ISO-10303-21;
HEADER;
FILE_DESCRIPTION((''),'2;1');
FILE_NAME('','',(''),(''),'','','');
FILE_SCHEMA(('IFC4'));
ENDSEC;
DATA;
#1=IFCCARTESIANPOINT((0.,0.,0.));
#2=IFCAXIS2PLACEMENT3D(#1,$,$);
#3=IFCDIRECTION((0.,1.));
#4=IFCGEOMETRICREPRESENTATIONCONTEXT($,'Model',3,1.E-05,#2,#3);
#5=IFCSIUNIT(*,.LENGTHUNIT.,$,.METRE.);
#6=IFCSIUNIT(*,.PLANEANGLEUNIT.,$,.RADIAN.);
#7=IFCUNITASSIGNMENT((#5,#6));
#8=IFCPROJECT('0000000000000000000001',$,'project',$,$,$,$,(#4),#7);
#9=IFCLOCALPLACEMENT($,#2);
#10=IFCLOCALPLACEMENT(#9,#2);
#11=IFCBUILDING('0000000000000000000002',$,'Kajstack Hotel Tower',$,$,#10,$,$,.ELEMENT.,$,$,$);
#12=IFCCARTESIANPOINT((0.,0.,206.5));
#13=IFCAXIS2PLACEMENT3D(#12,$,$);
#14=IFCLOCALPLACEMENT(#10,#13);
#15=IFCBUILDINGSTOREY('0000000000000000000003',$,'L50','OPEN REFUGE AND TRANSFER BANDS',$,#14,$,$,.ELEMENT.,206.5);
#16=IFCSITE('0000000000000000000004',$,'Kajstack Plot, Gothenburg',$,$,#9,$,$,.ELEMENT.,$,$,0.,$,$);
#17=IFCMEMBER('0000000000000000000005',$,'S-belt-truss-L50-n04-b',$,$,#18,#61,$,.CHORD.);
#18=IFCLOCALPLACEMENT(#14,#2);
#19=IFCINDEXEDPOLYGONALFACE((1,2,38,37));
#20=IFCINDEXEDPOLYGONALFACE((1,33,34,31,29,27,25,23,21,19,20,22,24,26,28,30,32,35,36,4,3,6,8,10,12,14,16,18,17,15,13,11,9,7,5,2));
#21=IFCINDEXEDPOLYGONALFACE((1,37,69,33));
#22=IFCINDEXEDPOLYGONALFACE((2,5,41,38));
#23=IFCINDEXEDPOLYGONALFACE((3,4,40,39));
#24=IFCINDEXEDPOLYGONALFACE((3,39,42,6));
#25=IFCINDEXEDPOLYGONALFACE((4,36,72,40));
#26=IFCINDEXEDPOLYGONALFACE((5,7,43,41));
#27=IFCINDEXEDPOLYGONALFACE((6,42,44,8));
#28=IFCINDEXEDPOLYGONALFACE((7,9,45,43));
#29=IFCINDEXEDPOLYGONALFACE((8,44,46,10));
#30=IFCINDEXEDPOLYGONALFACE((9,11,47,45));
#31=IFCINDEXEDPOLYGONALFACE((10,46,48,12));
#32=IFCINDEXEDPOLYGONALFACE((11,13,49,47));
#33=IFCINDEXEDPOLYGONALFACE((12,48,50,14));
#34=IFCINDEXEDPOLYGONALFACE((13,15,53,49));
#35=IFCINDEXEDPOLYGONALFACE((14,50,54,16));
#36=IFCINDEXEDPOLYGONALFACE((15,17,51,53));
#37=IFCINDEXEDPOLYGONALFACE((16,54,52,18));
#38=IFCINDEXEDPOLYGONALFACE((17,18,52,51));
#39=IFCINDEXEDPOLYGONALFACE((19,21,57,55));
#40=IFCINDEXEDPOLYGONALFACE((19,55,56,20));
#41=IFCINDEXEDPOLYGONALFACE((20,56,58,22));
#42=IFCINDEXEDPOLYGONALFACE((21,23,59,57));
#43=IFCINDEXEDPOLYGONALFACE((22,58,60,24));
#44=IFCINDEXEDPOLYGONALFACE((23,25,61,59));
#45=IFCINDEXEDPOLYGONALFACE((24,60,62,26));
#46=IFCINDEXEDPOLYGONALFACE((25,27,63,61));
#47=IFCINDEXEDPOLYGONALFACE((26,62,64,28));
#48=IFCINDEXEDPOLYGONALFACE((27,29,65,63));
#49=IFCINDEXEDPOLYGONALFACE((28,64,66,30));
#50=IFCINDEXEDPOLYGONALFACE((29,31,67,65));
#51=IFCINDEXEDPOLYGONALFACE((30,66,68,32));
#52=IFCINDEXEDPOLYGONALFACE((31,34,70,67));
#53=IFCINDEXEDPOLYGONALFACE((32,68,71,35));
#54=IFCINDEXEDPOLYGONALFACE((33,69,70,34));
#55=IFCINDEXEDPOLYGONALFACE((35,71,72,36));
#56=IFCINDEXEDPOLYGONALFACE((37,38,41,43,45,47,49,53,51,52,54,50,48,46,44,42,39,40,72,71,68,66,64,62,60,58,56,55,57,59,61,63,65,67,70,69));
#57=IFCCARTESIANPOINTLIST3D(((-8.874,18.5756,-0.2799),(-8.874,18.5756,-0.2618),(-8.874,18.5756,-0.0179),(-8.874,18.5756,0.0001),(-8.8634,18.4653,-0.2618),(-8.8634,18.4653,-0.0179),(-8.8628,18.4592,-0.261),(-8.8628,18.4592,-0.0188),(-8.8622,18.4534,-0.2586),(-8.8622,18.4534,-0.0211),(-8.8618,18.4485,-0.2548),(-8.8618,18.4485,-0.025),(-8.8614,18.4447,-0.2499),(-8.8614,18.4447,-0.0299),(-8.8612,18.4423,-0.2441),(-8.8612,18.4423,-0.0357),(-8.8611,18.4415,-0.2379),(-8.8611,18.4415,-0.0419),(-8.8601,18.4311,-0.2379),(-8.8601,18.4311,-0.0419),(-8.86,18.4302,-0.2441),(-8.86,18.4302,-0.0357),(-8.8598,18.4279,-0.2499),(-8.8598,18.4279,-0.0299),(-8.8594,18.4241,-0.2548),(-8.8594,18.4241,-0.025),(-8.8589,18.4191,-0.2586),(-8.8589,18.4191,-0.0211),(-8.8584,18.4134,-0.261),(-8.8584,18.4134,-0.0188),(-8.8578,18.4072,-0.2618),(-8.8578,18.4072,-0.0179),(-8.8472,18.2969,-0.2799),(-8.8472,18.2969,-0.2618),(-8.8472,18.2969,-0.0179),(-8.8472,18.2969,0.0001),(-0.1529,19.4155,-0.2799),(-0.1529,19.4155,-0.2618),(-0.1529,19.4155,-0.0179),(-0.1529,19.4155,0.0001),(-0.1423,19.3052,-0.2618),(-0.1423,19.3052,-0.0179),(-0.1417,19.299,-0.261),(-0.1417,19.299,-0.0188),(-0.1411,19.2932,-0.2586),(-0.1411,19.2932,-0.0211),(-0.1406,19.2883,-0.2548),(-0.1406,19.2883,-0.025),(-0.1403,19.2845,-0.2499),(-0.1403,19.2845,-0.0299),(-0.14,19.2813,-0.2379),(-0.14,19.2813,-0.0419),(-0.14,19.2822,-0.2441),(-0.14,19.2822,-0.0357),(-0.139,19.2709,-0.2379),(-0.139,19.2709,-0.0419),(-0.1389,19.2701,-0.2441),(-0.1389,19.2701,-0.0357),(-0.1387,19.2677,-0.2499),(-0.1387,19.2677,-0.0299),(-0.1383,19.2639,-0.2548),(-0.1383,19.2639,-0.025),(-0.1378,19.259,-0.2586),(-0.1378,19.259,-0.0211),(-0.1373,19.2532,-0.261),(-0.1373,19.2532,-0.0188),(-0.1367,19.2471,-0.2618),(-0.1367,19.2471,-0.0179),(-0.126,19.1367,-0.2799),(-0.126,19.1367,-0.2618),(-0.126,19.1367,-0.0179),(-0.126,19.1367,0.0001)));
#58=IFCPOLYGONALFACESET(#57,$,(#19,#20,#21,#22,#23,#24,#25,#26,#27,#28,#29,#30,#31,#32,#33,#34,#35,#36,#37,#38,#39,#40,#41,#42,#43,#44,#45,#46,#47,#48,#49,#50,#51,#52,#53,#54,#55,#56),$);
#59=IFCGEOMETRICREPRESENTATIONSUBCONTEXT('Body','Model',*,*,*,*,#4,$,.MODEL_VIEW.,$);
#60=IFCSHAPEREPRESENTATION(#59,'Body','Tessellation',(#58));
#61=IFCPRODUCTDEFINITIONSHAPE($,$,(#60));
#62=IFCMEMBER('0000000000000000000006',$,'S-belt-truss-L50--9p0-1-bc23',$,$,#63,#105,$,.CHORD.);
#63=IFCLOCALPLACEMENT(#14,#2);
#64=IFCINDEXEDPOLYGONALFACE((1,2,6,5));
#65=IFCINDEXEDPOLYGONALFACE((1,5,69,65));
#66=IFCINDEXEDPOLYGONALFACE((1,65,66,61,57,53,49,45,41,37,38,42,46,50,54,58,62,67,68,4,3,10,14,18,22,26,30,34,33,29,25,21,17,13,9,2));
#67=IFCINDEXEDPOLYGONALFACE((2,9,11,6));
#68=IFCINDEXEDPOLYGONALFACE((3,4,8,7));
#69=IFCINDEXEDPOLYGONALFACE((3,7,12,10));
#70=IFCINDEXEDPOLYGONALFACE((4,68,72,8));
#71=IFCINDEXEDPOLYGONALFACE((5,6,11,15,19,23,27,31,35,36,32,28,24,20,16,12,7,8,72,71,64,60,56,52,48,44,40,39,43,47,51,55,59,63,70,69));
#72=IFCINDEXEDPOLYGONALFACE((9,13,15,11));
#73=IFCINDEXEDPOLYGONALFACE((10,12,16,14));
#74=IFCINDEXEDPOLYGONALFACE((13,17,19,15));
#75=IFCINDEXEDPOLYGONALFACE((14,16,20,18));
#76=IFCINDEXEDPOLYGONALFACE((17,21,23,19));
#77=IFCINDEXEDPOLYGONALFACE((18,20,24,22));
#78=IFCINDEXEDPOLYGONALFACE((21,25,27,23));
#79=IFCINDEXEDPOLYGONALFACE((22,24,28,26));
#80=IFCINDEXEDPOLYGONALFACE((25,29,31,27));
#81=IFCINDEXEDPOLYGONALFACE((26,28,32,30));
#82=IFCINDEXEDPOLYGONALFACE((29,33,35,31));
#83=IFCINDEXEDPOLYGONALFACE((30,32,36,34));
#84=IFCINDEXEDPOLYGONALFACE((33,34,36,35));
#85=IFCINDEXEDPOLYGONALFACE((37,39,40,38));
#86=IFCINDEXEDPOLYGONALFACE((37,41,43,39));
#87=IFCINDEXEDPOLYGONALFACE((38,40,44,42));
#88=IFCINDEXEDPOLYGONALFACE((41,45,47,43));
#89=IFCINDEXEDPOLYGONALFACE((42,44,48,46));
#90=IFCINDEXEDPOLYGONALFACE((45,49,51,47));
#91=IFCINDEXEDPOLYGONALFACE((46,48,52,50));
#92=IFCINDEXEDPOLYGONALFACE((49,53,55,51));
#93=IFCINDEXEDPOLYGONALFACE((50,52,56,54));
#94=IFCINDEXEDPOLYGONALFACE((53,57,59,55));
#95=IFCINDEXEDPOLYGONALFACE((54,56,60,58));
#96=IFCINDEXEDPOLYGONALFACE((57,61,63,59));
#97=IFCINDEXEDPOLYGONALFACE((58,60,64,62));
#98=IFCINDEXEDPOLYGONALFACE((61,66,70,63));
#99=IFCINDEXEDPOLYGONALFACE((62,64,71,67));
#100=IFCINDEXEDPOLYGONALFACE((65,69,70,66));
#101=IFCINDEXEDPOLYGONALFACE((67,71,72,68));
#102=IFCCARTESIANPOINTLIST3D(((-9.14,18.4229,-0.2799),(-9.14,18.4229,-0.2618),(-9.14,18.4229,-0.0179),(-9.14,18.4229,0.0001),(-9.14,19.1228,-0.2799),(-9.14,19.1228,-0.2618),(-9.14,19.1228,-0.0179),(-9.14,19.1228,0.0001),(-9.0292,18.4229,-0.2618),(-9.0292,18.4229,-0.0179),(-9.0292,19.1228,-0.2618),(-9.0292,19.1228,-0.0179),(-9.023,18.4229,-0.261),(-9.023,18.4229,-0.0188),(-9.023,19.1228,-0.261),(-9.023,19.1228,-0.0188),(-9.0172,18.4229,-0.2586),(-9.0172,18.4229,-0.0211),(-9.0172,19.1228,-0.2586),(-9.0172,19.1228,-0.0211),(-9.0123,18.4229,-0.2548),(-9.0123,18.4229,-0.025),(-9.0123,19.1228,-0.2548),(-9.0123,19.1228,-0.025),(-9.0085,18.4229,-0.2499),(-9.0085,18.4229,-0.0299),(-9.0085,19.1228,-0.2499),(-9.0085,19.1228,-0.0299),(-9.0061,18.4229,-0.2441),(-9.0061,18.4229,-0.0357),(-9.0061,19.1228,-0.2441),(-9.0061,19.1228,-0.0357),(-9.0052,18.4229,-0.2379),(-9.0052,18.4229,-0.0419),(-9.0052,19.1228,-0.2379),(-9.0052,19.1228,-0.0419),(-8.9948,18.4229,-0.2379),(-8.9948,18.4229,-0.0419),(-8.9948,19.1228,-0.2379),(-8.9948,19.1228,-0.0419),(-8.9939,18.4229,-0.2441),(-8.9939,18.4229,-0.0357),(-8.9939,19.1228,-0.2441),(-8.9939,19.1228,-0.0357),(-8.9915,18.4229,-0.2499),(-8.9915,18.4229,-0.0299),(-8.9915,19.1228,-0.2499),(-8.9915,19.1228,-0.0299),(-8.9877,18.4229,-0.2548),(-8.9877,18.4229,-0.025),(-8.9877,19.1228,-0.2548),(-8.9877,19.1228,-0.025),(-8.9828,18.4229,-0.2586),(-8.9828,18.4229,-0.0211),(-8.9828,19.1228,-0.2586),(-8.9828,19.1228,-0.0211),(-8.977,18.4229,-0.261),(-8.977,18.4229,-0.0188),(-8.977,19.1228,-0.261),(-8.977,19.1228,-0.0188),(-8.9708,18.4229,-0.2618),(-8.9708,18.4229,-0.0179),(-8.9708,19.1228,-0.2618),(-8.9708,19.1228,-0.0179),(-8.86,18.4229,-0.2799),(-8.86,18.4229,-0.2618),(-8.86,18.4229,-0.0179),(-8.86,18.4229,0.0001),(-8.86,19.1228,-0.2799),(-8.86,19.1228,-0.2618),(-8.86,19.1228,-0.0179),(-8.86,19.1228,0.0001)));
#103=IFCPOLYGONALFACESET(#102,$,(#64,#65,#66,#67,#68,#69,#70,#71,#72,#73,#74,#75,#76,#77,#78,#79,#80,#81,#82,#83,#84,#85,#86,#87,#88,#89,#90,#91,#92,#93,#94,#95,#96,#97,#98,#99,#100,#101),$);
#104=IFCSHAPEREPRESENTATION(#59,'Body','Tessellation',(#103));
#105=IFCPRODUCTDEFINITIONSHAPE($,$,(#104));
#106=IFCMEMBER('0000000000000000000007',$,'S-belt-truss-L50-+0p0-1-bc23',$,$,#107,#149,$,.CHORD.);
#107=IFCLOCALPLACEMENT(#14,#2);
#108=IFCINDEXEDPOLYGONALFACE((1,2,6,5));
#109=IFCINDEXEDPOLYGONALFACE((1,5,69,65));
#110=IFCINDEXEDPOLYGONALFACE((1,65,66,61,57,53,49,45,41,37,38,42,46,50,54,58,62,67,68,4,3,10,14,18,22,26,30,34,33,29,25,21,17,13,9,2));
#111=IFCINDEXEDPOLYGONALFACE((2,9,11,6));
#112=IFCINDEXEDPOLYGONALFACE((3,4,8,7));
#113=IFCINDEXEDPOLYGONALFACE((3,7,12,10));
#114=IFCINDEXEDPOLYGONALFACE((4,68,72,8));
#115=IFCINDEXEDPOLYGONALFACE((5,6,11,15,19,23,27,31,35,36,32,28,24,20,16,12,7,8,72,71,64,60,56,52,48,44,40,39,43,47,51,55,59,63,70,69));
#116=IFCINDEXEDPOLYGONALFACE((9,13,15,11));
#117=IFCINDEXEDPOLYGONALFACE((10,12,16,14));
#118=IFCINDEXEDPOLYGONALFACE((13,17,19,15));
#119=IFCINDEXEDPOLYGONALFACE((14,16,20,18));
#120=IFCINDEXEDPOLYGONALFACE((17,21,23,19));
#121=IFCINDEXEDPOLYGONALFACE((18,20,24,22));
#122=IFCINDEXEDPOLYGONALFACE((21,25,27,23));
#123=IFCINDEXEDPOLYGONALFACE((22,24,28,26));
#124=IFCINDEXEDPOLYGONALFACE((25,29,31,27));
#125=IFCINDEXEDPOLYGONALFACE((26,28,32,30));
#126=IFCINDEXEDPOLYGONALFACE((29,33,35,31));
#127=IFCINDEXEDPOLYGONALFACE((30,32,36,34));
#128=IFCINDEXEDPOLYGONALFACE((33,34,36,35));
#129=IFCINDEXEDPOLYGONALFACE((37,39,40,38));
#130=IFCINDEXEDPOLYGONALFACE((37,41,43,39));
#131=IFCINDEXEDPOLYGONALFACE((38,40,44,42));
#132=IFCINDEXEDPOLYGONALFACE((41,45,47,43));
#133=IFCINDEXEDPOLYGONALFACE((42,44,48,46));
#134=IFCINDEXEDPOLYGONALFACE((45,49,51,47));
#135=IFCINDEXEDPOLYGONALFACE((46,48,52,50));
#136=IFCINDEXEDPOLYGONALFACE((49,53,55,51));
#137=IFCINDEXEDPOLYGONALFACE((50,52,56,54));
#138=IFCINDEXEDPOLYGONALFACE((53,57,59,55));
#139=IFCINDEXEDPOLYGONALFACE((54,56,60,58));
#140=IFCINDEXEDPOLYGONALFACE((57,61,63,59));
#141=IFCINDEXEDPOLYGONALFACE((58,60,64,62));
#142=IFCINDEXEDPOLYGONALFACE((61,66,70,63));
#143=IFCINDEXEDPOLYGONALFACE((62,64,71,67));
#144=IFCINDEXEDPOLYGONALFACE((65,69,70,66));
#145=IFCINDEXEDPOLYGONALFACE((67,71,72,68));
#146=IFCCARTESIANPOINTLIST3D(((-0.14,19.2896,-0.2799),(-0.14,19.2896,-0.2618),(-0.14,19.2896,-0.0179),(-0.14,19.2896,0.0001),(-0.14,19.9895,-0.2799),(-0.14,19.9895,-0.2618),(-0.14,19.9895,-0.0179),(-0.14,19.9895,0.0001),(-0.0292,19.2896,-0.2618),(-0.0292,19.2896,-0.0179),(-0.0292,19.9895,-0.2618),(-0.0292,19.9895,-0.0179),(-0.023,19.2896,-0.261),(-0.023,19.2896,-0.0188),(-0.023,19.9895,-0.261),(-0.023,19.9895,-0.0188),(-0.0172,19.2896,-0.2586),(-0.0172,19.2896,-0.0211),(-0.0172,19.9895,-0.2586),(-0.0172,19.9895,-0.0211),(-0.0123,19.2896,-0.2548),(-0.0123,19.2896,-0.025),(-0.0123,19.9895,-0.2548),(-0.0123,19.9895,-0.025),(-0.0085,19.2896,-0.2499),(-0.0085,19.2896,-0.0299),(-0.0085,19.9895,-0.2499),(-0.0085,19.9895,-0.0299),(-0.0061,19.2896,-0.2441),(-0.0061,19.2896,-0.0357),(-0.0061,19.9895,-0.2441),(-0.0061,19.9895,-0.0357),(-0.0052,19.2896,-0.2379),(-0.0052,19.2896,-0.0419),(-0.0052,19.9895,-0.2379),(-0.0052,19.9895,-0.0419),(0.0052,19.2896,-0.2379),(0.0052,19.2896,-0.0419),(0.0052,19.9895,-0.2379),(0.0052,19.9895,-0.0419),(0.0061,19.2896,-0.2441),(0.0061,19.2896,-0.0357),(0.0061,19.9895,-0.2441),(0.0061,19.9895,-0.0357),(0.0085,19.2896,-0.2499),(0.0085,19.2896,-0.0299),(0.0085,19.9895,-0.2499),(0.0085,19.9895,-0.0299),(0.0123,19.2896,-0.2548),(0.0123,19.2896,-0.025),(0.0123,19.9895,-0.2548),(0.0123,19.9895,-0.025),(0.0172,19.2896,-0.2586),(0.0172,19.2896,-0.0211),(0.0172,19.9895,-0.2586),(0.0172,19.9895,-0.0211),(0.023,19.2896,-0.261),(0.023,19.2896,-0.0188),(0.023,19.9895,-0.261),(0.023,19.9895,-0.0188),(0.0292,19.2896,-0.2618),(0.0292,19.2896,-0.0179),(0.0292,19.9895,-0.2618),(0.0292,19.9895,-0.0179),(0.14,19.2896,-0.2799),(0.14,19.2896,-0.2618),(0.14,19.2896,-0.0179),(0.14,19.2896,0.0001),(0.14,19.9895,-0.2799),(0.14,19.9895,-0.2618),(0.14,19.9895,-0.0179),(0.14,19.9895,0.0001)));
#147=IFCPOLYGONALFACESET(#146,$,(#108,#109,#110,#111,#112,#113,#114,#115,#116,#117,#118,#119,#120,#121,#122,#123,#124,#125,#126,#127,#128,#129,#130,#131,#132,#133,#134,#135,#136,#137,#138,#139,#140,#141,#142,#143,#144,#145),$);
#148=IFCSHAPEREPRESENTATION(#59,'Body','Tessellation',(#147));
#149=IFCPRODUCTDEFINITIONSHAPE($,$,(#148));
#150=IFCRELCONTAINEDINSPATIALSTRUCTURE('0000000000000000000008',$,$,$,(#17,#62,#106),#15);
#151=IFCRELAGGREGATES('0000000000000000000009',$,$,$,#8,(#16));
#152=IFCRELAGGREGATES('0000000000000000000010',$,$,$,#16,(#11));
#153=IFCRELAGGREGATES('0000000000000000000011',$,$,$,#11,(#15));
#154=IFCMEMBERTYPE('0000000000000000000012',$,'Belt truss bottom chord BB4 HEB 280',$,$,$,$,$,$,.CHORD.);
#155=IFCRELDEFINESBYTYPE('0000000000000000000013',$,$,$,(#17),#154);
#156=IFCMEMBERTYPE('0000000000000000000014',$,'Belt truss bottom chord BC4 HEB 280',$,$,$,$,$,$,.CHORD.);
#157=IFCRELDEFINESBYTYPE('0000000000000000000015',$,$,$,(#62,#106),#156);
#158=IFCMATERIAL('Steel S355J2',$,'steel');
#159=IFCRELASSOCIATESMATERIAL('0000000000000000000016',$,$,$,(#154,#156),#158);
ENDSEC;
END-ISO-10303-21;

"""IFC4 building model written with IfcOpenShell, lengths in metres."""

from ifc_helpers import new_model, si_unit, direction, frame, origin, origin_2d, place, context, subcontext, project, spatial, i_section, extrude, material, material_profile, profile_set, type_object, element, save


model = new_model("IFC4")

# Units and contexts
model_context = context("Model", 3, precision=1e-05, world=origin(), true_north=direction((0.0, 1.0)))
body_context = subcontext(model_context, "Body", "Model", "MODEL_VIEW")
ifc_project = project(units=[si_unit("LENGTHUNIT", "METRE"), si_unit("PLANEANGLEUNIT", "RADIAN")], contexts=[model_context])

# Site, building, storey
site_placement = place(None, origin())
site = spatial("IfcSite", under=ifc_project, at=site_placement, Name="Kajstack Plot, Gothenburg", CompositionType="ELEMENT", RefElevation=0.0)
building_placement = place(site_placement, origin())
building = spatial("IfcBuilding", under=site, at=building_placement, Name="Kajstack Hotel Tower", CompositionType="ELEMENT")
storey_placement = place(building_placement, frame((0.0, 0.0, 206.5)))
storey = spatial("IfcBuildingStorey", under=building, at=storey_placement, Name="L50", Description="OPEN REFUGE AND TRANSFER BANDS", CompositionType="ELEMENT", Elevation=206.5)

# Members
ifc_material = material(Name="Steel S355J2", Category="steel")
ifc_material_profile_1 = material_profile(ifc_material, i_section(OverallWidth=0.28, OverallDepth=0.28, WebThickness=0.0105, FlangeThickness=0.0181, FilletRadius=0.0239, at=origin_2d()), Name="HEB 280")
ifc_profile_set_1 = profile_set([ifc_material_profile_1], Name="Steel S355J2")
member_type_1 = type_object("IfcMemberType", Name="Belt truss bottom chord BB4 HEB 280", PredefinedType="CHORD", material=ifc_profile_set_1)
member_1_placement = place(storey_placement, frame((-8.8606, 18.4363, -0.1399), z_axis=(0.995395, 0.095856, 0.0), x_axis=(-0.095856, 0.995395, 0.0)))
element("IfcMember", 1, at=member_1_placement, inside=storey, type_object=member_type_1, Name="S-belt-truss-L50-n04-b", PredefinedType="CHORD", context=body_context, shape_type="SweptSolid", body=[
    extrude(i_section(OverallWidth=0.28, OverallDepth=0.28, WebThickness=0.0105, FlangeThickness=0.0181, FilletRadius=0.0239, at=origin_2d()), origin(), (0.0, 0.0, 1.0), 8.7615),
])
ifc_material_profile_2 = material_profile(ifc_material, i_section(OverallWidth=0.28, OverallDepth=0.28, WebThickness=0.0105, FlangeThickness=0.0181, FilletRadius=0.0239, at=origin_2d()), Name="HEB 280")
ifc_profile_set_2 = profile_set([ifc_material_profile_2], Name="Steel S355J2")
member_type_2 = type_object("IfcMemberType", Name="Belt truss bottom chord BC4 HEB 280", PredefinedType="CHORD", material=ifc_profile_set_2)
for number, where, z_axis, x_axis, name in (
    (2, (-9.0, 18.4229, -0.1399), (0.0, 1.0, 0.0), (-1.0, 0.0, 0.0), "S-belt-truss-L50--9p0-1-bc23"),
    (3, (0.0, 19.2896, -0.1399), (0.0, 1.0, 0.0), (-1.0, 0.0, 0.0), "S-belt-truss-L50-+0p0-1-bc23"),
):
    element("IfcMember", number, at=place(storey_placement, frame(where, z_axis=z_axis, x_axis=x_axis)), inside=storey, type_object=member_type_2, Name=name, PredefinedType="CHORD", context=body_context, shape_type="SweptSolid", body=[
        extrude(i_section(OverallWidth=0.28, OverallDepth=0.28, WebThickness=0.0105, FlangeThickness=0.0181, FilletRadius=0.0239, at=origin_2d()), origin(), (0.0, 0.0, 1.0), 0.7),
    ])

save(model, "model.ifc")
